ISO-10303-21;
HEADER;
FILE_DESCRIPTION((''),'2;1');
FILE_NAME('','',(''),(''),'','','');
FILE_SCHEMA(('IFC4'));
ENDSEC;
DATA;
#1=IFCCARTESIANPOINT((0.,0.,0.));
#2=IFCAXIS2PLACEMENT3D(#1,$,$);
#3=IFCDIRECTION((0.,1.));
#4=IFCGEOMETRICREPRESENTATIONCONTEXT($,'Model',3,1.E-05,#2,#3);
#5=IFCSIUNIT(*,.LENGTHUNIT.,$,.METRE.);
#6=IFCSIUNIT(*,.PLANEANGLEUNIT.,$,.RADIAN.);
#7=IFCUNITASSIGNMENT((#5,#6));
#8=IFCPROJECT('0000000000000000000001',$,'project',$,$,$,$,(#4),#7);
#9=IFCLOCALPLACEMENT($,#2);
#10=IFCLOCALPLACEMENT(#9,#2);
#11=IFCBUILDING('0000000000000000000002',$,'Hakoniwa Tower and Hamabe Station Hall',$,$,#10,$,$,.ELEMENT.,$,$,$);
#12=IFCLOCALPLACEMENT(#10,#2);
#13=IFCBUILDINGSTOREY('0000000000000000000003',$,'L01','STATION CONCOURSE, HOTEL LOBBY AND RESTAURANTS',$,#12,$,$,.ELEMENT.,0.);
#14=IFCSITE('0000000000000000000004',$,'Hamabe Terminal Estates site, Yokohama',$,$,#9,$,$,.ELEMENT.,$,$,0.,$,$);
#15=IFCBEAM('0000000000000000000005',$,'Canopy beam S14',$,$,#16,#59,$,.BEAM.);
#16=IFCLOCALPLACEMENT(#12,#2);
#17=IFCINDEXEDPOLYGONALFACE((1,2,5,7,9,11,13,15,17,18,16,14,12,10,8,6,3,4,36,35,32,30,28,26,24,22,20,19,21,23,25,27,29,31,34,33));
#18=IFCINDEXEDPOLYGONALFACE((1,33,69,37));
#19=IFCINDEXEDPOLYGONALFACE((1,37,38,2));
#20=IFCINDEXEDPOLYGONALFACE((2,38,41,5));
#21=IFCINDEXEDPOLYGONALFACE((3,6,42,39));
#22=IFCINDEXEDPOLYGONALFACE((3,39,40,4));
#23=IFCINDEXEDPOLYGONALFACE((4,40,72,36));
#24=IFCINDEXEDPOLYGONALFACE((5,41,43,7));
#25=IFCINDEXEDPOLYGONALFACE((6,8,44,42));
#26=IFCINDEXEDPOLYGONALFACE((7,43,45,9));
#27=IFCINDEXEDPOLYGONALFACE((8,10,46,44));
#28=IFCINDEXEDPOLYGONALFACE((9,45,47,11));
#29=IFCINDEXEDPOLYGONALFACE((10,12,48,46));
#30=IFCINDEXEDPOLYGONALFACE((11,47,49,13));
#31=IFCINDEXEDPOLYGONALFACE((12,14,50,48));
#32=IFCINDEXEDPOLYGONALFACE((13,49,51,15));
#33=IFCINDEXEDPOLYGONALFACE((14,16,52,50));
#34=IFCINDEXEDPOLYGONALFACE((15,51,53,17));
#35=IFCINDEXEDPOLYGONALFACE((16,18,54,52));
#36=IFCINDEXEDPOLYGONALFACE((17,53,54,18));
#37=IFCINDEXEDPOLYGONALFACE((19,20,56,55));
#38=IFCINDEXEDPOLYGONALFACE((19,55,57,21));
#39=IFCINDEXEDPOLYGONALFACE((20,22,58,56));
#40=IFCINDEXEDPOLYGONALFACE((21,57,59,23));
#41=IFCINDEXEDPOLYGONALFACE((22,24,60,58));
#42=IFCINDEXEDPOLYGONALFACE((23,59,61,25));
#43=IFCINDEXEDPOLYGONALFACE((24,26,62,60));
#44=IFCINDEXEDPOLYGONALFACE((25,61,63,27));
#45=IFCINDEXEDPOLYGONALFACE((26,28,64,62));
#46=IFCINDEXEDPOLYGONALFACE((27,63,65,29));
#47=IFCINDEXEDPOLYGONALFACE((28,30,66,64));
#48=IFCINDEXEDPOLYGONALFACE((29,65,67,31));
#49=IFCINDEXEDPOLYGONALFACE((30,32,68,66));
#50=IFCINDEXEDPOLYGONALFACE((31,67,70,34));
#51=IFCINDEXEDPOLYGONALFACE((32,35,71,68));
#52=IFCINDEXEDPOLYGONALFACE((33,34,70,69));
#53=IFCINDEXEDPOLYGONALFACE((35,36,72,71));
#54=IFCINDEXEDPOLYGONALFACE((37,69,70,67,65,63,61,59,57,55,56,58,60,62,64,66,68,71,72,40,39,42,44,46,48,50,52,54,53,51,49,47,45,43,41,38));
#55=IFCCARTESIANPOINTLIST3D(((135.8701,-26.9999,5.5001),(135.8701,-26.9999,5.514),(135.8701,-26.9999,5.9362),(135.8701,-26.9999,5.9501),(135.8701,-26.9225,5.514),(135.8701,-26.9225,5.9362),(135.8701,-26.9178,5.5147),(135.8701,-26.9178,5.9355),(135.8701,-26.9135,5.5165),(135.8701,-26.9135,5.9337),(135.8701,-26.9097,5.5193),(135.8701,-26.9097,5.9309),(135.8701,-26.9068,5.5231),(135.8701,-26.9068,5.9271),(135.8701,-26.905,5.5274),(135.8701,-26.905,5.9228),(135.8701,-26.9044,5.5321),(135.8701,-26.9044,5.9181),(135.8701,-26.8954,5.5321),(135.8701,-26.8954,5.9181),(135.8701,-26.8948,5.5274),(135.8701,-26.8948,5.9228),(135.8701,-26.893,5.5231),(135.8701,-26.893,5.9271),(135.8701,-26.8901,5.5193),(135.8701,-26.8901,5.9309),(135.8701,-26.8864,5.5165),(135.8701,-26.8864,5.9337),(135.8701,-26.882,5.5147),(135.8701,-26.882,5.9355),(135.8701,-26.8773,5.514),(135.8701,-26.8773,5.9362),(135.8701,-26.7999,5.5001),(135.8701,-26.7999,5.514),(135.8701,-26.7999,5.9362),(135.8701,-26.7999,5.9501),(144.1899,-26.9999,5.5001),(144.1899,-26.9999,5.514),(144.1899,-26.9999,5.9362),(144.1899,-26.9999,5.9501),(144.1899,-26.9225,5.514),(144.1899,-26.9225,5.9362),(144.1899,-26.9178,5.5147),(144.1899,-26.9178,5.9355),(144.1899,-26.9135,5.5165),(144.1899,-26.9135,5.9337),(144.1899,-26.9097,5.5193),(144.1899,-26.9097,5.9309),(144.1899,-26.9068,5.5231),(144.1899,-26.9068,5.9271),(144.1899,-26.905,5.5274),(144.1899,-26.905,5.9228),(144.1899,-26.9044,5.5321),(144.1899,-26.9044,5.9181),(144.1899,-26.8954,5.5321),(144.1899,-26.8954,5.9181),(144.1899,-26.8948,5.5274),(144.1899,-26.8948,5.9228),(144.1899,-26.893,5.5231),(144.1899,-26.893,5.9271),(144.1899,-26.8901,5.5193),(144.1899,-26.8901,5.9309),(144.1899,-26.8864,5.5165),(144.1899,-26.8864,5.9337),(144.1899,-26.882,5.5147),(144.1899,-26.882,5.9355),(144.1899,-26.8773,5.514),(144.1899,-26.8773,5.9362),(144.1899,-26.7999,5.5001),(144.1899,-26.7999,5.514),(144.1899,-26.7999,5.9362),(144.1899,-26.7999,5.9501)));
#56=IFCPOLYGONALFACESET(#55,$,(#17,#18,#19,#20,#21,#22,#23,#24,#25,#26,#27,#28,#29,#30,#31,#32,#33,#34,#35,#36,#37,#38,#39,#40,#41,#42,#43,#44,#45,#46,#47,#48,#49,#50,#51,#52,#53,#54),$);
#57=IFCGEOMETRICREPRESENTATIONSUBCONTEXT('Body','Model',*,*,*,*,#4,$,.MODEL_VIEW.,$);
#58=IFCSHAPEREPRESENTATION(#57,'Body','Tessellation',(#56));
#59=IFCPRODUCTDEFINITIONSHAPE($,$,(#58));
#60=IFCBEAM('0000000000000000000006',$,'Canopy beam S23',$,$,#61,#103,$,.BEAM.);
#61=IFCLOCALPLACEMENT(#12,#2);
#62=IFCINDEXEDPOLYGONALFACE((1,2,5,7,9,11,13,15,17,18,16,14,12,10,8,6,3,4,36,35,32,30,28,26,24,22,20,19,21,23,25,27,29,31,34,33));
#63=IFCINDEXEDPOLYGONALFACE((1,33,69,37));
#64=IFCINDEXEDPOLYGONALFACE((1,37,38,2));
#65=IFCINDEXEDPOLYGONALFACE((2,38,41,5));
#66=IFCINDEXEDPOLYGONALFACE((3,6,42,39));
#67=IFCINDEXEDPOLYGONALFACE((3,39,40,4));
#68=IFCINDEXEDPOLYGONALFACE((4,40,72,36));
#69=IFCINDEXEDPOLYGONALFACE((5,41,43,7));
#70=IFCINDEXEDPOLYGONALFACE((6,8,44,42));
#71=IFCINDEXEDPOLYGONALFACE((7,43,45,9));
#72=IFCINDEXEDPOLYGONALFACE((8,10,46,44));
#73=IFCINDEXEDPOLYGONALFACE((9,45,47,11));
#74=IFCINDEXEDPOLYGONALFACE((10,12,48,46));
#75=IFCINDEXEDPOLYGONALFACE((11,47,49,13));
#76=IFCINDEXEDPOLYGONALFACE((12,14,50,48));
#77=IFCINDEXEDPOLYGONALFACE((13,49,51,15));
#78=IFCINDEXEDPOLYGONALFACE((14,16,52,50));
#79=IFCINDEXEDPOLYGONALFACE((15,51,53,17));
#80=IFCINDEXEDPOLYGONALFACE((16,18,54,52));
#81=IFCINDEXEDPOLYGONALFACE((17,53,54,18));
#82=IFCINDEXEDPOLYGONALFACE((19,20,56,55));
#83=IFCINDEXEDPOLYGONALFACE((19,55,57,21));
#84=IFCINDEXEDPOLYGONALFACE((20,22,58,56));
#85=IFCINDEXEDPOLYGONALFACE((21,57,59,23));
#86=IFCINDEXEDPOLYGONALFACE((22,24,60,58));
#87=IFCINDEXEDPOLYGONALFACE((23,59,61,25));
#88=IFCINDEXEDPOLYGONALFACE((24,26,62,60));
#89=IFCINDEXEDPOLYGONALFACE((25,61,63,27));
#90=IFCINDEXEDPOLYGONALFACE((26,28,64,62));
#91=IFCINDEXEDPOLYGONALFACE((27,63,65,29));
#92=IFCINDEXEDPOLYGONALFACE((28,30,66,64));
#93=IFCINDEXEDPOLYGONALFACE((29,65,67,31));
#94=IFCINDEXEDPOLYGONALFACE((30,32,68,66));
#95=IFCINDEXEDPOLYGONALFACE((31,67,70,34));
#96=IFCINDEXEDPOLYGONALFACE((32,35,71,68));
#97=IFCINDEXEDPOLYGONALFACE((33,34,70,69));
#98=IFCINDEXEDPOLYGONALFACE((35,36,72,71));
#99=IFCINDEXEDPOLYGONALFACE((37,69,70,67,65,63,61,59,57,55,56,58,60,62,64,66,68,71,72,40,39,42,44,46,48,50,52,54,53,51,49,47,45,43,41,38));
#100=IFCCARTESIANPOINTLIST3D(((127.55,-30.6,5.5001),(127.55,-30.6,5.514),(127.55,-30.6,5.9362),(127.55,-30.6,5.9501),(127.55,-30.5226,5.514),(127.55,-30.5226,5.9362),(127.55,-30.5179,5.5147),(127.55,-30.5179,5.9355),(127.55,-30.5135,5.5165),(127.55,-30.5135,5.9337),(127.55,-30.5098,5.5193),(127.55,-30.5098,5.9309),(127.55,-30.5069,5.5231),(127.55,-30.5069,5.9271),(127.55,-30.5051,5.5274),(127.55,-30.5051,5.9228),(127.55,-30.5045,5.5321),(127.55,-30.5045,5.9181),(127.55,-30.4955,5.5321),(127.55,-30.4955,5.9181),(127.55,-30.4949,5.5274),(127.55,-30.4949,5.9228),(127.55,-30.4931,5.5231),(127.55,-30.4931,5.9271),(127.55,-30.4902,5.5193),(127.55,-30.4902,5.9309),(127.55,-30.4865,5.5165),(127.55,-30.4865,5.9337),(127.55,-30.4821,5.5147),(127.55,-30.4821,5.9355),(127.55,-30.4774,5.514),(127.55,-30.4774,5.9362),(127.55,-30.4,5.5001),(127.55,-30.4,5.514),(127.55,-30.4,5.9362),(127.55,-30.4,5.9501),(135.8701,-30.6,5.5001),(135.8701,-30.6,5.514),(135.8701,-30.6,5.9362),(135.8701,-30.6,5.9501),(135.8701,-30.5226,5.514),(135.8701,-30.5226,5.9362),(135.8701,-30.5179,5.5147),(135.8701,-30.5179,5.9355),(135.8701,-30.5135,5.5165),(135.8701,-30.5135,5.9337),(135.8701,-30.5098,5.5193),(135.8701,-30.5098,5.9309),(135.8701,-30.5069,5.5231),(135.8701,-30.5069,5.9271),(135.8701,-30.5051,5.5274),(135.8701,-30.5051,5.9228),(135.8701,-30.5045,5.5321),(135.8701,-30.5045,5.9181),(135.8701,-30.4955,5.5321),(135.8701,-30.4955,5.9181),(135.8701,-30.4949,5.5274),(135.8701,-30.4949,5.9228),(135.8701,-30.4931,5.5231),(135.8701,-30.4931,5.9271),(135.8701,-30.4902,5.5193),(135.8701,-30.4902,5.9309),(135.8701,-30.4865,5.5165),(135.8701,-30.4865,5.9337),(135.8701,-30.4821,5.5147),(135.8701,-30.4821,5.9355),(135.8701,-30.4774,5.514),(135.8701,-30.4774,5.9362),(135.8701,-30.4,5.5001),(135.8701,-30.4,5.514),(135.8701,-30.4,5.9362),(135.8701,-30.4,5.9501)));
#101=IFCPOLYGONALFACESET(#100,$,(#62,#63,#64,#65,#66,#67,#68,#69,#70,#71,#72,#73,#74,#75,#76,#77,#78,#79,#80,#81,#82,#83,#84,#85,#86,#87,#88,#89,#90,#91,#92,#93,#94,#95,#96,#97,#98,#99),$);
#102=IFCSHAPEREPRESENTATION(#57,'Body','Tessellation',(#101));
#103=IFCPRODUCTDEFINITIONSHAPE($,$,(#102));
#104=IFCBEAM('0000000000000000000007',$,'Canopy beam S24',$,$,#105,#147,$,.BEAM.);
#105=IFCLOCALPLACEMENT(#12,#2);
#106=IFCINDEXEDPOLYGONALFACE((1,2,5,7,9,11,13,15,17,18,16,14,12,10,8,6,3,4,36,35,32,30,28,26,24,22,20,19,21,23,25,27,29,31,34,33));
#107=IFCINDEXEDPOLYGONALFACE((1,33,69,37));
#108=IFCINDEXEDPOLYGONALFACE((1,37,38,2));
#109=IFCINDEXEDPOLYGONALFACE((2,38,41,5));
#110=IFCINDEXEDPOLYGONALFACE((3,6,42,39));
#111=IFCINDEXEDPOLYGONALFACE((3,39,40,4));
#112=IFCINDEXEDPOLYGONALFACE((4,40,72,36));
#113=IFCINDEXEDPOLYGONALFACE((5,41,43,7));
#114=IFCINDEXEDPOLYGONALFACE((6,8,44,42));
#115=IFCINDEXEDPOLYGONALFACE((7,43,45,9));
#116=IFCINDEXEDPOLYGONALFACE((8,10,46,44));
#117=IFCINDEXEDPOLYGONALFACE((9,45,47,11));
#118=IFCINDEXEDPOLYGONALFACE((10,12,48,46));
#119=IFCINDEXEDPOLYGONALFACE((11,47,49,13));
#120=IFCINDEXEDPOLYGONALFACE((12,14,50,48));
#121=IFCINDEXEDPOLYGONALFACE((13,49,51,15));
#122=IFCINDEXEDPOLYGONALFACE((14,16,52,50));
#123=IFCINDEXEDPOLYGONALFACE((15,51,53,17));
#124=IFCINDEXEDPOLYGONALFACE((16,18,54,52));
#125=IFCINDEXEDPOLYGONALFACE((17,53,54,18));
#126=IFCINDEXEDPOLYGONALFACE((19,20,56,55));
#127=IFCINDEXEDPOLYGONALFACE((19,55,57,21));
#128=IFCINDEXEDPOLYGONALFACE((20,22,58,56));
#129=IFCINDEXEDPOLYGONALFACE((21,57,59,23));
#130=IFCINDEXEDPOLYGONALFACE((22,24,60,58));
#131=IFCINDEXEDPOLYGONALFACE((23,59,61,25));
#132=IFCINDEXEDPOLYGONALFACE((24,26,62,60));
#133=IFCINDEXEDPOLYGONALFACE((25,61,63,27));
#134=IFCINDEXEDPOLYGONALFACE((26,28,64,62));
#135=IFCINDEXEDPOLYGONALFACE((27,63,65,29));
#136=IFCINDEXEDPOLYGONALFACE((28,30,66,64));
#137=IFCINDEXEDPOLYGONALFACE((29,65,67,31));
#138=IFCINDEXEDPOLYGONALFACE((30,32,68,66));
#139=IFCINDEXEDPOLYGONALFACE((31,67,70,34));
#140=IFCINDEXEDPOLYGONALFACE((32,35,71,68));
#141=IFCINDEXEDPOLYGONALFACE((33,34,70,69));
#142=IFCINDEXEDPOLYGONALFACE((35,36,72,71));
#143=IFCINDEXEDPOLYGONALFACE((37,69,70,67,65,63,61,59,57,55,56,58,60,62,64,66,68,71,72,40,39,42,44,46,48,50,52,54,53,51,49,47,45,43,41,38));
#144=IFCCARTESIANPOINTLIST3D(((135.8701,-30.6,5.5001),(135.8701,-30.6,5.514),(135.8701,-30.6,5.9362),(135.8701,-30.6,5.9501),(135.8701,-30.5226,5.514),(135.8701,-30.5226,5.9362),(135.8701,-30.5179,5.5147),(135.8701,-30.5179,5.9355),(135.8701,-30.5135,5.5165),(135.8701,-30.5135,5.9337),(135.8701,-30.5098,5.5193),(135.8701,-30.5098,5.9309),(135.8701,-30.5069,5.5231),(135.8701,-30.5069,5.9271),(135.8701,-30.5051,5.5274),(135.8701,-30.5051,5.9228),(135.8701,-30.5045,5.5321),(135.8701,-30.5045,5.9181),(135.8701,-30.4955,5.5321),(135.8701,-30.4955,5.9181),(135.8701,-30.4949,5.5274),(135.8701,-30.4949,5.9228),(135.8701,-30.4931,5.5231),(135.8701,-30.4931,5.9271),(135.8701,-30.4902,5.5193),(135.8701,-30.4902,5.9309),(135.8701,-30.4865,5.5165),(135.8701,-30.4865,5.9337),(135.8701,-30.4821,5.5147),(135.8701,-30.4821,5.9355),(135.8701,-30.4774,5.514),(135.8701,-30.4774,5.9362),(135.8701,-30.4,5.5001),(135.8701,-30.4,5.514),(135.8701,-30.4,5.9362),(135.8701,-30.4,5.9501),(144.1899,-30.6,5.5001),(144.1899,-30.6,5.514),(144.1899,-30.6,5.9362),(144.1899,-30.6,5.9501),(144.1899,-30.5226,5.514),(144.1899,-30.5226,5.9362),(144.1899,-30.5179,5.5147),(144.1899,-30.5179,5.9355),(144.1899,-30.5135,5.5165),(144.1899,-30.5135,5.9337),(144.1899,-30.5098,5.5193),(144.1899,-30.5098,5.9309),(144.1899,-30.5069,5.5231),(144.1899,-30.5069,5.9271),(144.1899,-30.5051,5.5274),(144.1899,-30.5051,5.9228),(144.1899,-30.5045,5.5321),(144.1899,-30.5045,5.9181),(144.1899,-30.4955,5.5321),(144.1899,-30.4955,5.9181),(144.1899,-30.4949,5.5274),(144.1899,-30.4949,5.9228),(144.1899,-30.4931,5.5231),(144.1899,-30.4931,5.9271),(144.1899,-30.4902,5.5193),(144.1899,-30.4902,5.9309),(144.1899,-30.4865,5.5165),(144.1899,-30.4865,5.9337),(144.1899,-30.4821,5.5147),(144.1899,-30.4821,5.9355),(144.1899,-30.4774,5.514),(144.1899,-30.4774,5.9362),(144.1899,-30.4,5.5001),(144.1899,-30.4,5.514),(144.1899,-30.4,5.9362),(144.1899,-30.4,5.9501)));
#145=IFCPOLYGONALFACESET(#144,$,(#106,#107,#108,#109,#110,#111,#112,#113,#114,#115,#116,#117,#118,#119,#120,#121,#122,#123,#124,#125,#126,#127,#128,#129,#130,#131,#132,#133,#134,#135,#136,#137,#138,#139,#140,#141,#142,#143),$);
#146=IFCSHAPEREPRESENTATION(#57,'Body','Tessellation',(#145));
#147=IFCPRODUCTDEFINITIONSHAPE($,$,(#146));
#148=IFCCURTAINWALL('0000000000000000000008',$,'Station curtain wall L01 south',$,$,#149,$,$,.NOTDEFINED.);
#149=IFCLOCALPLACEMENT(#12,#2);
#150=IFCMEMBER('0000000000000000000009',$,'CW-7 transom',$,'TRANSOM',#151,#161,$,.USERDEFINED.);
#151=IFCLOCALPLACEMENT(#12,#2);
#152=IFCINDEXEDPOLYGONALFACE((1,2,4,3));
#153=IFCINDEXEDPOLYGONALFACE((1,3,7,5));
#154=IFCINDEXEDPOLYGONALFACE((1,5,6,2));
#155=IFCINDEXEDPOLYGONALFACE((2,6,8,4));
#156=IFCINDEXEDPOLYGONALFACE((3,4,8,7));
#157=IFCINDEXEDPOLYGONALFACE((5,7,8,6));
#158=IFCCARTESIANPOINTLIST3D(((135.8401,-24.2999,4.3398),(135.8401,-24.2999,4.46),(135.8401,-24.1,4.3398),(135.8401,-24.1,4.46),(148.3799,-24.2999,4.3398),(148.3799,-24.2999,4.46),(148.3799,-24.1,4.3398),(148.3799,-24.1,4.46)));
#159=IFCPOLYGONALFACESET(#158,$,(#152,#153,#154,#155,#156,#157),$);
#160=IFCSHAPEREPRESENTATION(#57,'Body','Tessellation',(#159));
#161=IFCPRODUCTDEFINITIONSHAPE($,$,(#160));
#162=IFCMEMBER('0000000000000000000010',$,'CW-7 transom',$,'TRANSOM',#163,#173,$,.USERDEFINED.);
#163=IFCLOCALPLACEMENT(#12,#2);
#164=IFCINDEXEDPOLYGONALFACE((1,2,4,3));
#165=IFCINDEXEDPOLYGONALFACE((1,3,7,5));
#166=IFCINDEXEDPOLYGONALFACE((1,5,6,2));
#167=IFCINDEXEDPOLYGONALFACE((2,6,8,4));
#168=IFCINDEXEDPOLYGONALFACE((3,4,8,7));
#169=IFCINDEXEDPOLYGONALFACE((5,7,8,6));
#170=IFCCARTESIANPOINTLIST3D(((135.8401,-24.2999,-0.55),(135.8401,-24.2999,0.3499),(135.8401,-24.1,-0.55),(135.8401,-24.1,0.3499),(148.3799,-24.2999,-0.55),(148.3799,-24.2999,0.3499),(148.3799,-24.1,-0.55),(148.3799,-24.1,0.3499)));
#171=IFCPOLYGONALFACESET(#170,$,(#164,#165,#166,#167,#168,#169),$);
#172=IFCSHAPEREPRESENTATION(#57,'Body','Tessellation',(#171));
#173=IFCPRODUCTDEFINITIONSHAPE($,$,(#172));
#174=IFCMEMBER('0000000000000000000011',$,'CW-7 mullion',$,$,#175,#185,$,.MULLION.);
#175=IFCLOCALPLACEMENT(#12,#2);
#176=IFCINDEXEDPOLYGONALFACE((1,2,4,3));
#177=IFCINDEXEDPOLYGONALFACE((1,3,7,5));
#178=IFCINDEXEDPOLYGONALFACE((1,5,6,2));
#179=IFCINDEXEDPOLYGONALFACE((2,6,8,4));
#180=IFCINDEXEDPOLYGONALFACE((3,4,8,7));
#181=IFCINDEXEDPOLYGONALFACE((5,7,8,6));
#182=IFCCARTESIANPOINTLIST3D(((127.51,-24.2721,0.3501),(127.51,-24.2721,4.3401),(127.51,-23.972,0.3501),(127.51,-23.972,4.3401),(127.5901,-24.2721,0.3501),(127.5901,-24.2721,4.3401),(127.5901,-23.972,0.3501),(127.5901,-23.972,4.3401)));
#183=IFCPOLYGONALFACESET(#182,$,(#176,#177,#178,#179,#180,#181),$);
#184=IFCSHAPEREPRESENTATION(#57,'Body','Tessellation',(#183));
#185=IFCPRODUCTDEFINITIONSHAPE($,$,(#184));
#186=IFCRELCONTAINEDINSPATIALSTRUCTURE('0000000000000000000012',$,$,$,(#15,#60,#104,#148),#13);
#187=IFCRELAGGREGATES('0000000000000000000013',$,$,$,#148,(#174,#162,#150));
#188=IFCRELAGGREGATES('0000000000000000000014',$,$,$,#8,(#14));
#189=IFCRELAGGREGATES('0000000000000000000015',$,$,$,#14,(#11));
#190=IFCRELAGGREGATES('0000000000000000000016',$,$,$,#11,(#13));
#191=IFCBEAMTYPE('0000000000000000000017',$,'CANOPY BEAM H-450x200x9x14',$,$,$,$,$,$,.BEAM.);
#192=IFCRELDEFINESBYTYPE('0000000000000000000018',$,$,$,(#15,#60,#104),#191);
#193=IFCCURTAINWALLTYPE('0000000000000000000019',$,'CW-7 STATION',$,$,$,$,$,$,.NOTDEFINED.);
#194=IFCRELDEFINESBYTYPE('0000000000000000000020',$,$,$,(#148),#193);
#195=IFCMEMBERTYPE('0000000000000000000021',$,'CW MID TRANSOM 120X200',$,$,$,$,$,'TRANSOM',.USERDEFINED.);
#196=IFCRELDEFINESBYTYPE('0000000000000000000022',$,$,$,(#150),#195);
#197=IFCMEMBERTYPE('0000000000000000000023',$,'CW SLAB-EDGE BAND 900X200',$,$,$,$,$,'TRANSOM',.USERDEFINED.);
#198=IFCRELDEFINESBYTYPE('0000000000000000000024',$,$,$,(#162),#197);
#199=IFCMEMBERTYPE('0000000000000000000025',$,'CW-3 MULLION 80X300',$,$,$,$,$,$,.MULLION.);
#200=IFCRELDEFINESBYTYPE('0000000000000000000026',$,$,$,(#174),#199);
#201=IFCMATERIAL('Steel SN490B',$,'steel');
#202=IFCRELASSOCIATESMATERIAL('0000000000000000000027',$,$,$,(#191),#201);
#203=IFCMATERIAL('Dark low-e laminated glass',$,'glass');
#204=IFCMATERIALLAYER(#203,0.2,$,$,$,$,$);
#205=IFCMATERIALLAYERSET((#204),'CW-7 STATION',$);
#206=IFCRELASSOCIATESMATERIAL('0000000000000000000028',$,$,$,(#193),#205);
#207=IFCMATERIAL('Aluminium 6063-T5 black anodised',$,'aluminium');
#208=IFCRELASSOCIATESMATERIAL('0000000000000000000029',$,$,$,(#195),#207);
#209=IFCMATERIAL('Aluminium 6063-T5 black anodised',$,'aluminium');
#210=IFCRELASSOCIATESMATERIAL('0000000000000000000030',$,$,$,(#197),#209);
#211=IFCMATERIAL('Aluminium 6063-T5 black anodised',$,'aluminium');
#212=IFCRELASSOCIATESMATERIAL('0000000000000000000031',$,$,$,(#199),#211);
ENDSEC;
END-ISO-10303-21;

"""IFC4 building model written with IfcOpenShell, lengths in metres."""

from ifc_helpers import new_model, si_unit, direction, frame, origin, origin_2d, place, context, subcontext, project, spatial, rectangle, i_section, extrude, material, layer, layer_set, material_profile, profile_set, type_object, element, aggregate, save


model = new_model("IFC4")

# Units and contexts
model_context = context("Model", 3, precision=1e-05, world=origin(), true_north=direction((0.0, 1.0)))
body_context = subcontext(model_context, "Body", "Model", "MODEL_VIEW")
ifc_project = project(units=[si_unit("LENGTHUNIT", "METRE"), si_unit("PLANEANGLEUNIT", "RADIAN")], contexts=[model_context])

# Site, building, storey
site_placement = place(None, origin())
site = spatial("IfcSite", under=ifc_project, at=site_placement, Name="Hamabe Terminal Estates site, Yokohama", CompositionType="ELEMENT", RefElevation=0.0)
building_placement = place(site_placement, origin())
building = spatial("IfcBuilding", under=site, at=building_placement, Name="Hakoniwa Tower and Hamabe Station Hall", CompositionType="ELEMENT")
storey_placement = place(building_placement, origin())
storey = spatial("IfcBuildingStorey", under=building, at=storey_placement, Name="L01", Description="STATION CONCOURSE, HOTEL LOBBY AND RESTAURANTS", CompositionType="ELEMENT", Elevation=0.0)

# Beams
ifc_material_1 = material(Name="Steel SN490B", Category="steel")
ifc_material_profile_1 = material_profile(ifc_material_1, i_section(OverallWidth=0.2, OverallDepth=0.45, WebThickness=0.009, FlangeThickness=0.0139, FilletRadius=0.0181, at=origin_2d()), Name="H-450x200x9x14")
ifc_profile_set_1 = profile_set([ifc_material_profile_1], Name="Steel SN490B")
beam_type = type_object("IfcBeamType", Name="CANOPY BEAM H-450x200x9x14", PredefinedType="BEAM", material=ifc_profile_set_1)
beam_1_placement = place(storey_placement, frame((135.8701, -26.8999, 5.7251), z_axis=(1.0, 0.0, 0.0), x_axis=(0.0, 1.0, 0.0)))
element("IfcBeam", 1, at=beam_1_placement, inside=storey, type_object=beam_type, Name="Canopy beam S14", PredefinedType="BEAM", context=body_context, shape_type="SweptSolid", body=[
    extrude(i_section(OverallWidth=0.2, OverallDepth=0.45, WebThickness=0.009, FlangeThickness=0.0139, FilletRadius=0.0181, at=origin_2d()), origin(), (0.0, 0.0, 1.0), 8.3198),
])
beam_2_placement = place(storey_placement, frame((127.55, -30.5, 5.7251), z_axis=(1.0, 0.0, 0.0), x_axis=(0.0, 1.0, 0.0)))
element("IfcBeam", 2, at=beam_2_placement, inside=storey, type_object=beam_type, Name="Canopy beam S23", PredefinedType="BEAM", context=body_context, shape_type="SweptSolid", body=[
    extrude(i_section(OverallWidth=0.2, OverallDepth=0.45, WebThickness=0.009, FlangeThickness=0.0139, FilletRadius=0.0181, at=origin_2d()), origin(), (0.0, 0.0, 1.0), 8.3201),
])
beam_3_placement = place(storey_placement, frame((135.8701, -30.5, 5.7251), z_axis=(1.0, 0.0, 0.0), x_axis=(0.0, 1.0, 0.0)))
element("IfcBeam", 3, at=beam_3_placement, inside=storey, type_object=beam_type, Name="Canopy beam S24", PredefinedType="BEAM", context=body_context, shape_type="SweptSolid", body=[
    extrude(i_section(OverallWidth=0.2, OverallDepth=0.45, WebThickness=0.009, FlangeThickness=0.0139, FilletRadius=0.0181, at=origin_2d()), origin(), (0.0, 0.0, 1.0), 8.3198),
])

# Curtain wall, members
ifc_material_2 = material(Name="Dark low-e laminated glass", Category="glass")
ifc_layer_1 = layer(ifc_material_2, 0.2)
ifc_layer_set_1 = layer_set([ifc_layer_1], Name="CW-7 STATION")
curtain_wall_type = type_object("IfcCurtainWallType", Name="CW-7 STATION", PredefinedType="NOTDEFINED", material=ifc_layer_set_1)
curtain_wall_placement = place(storey_placement, origin())
curtain_wall = element("IfcCurtainWall", 4, at=curtain_wall_placement, inside=storey, type_object=curtain_wall_type, Name="Station curtain wall L01 south", PredefinedType="NOTDEFINED")
ifc_material_3 = material(Name="Aluminium 6063-T5 black anodised", Category="aluminium")
ifc_material_profile_2 = material_profile(ifc_material_3, rectangle(XDim=0.2, YDim=0.1201, at=origin_2d()), Name="CW MID TRANSOM 120X200")
ifc_profile_set_2 = profile_set([ifc_material_profile_2], Name="Aluminium 6063-T5 black anodised")
member_type_1 = type_object("IfcMemberType", Name="CW MID TRANSOM 120X200", ElementType="TRANSOM", PredefinedType="USERDEFINED", material=ifc_profile_set_2)
member_1_placement = place(storey_placement, frame((135.8401, -24.2, 4.3999), z_axis=(1.0, 0.0, 0.0), x_axis=(0.0, 1.0, 0.0)))
member_1 = element("IfcMember", 5, at=member_1_placement, type_object=member_type_1, Name="CW-7 transom", ObjectType="TRANSOM", PredefinedType="USERDEFINED", context=body_context, shape_type="SweptSolid", body=[
    extrude(rectangle(XDim=0.2, YDim=0.1201, at=origin_2d()), origin(), (0.0, 0.0, 1.0), 12.5398),
])
ifc_material_4 = material(Name="Aluminium 6063-T5 black anodised", Category="aluminium")
ifc_material_profile_3 = material_profile(ifc_material_4, rectangle(XDim=0.2, YDim=0.8999, at=origin_2d()), Name="CW SLAB-EDGE BAND 900X200")
ifc_profile_set_3 = profile_set([ifc_material_profile_3], Name="Aluminium 6063-T5 black anodised")
member_type_2 = type_object("IfcMemberType", Name="CW SLAB-EDGE BAND 900X200", ElementType="TRANSOM", PredefinedType="USERDEFINED", material=ifc_profile_set_3)
member_2_placement = place(storey_placement, frame((135.8401, -24.2, -0.1001), z_axis=(1.0, 0.0, 0.0), x_axis=(0.0, 1.0, 0.0)))
member_2 = element("IfcMember", 6, at=member_2_placement, type_object=member_type_2, Name="CW-7 transom", ObjectType="TRANSOM", PredefinedType="USERDEFINED", context=body_context, shape_type="SweptSolid", body=[
    extrude(rectangle(XDim=0.2, YDim=0.8999, at=origin_2d()), origin(), (0.0, 0.0, 1.0), 12.5398),
])
ifc_material_5 = material(Name="Aluminium 6063-T5 black anodised", Category="aluminium")
ifc_material_profile_4 = material_profile(ifc_material_5, rectangle(XDim=0.0801, YDim=0.3, at=origin_2d()), Name="CW-3 MULLION 80X300")
ifc_profile_set_4 = profile_set([ifc_material_profile_4], Name="Aluminium 6063-T5 black anodised")
member_type_3 = type_object("IfcMemberType", Name="CW-3 MULLION 80X300", PredefinedType="MULLION", material=ifc_profile_set_4)
member_3_placement = place(storey_placement, frame((127.55, -24.1221, 0.3501), z_axis=(0.0, 0.0, 1.0), x_axis=(1.0, 0.0, 0.0)))
member_3 = element("IfcMember", 7, at=member_3_placement, type_object=member_type_3, Name="CW-7 mullion", PredefinedType="MULLION", context=body_context, shape_type="SweptSolid", body=[
    extrude(rectangle(XDim=0.0801, YDim=0.3, at=origin_2d()), origin(), (0.0, 0.0, 1.0), 3.99),
])
aggregate(curtain_wall, [member_3, member_2, member_1])

save(model, "model.ifc")
